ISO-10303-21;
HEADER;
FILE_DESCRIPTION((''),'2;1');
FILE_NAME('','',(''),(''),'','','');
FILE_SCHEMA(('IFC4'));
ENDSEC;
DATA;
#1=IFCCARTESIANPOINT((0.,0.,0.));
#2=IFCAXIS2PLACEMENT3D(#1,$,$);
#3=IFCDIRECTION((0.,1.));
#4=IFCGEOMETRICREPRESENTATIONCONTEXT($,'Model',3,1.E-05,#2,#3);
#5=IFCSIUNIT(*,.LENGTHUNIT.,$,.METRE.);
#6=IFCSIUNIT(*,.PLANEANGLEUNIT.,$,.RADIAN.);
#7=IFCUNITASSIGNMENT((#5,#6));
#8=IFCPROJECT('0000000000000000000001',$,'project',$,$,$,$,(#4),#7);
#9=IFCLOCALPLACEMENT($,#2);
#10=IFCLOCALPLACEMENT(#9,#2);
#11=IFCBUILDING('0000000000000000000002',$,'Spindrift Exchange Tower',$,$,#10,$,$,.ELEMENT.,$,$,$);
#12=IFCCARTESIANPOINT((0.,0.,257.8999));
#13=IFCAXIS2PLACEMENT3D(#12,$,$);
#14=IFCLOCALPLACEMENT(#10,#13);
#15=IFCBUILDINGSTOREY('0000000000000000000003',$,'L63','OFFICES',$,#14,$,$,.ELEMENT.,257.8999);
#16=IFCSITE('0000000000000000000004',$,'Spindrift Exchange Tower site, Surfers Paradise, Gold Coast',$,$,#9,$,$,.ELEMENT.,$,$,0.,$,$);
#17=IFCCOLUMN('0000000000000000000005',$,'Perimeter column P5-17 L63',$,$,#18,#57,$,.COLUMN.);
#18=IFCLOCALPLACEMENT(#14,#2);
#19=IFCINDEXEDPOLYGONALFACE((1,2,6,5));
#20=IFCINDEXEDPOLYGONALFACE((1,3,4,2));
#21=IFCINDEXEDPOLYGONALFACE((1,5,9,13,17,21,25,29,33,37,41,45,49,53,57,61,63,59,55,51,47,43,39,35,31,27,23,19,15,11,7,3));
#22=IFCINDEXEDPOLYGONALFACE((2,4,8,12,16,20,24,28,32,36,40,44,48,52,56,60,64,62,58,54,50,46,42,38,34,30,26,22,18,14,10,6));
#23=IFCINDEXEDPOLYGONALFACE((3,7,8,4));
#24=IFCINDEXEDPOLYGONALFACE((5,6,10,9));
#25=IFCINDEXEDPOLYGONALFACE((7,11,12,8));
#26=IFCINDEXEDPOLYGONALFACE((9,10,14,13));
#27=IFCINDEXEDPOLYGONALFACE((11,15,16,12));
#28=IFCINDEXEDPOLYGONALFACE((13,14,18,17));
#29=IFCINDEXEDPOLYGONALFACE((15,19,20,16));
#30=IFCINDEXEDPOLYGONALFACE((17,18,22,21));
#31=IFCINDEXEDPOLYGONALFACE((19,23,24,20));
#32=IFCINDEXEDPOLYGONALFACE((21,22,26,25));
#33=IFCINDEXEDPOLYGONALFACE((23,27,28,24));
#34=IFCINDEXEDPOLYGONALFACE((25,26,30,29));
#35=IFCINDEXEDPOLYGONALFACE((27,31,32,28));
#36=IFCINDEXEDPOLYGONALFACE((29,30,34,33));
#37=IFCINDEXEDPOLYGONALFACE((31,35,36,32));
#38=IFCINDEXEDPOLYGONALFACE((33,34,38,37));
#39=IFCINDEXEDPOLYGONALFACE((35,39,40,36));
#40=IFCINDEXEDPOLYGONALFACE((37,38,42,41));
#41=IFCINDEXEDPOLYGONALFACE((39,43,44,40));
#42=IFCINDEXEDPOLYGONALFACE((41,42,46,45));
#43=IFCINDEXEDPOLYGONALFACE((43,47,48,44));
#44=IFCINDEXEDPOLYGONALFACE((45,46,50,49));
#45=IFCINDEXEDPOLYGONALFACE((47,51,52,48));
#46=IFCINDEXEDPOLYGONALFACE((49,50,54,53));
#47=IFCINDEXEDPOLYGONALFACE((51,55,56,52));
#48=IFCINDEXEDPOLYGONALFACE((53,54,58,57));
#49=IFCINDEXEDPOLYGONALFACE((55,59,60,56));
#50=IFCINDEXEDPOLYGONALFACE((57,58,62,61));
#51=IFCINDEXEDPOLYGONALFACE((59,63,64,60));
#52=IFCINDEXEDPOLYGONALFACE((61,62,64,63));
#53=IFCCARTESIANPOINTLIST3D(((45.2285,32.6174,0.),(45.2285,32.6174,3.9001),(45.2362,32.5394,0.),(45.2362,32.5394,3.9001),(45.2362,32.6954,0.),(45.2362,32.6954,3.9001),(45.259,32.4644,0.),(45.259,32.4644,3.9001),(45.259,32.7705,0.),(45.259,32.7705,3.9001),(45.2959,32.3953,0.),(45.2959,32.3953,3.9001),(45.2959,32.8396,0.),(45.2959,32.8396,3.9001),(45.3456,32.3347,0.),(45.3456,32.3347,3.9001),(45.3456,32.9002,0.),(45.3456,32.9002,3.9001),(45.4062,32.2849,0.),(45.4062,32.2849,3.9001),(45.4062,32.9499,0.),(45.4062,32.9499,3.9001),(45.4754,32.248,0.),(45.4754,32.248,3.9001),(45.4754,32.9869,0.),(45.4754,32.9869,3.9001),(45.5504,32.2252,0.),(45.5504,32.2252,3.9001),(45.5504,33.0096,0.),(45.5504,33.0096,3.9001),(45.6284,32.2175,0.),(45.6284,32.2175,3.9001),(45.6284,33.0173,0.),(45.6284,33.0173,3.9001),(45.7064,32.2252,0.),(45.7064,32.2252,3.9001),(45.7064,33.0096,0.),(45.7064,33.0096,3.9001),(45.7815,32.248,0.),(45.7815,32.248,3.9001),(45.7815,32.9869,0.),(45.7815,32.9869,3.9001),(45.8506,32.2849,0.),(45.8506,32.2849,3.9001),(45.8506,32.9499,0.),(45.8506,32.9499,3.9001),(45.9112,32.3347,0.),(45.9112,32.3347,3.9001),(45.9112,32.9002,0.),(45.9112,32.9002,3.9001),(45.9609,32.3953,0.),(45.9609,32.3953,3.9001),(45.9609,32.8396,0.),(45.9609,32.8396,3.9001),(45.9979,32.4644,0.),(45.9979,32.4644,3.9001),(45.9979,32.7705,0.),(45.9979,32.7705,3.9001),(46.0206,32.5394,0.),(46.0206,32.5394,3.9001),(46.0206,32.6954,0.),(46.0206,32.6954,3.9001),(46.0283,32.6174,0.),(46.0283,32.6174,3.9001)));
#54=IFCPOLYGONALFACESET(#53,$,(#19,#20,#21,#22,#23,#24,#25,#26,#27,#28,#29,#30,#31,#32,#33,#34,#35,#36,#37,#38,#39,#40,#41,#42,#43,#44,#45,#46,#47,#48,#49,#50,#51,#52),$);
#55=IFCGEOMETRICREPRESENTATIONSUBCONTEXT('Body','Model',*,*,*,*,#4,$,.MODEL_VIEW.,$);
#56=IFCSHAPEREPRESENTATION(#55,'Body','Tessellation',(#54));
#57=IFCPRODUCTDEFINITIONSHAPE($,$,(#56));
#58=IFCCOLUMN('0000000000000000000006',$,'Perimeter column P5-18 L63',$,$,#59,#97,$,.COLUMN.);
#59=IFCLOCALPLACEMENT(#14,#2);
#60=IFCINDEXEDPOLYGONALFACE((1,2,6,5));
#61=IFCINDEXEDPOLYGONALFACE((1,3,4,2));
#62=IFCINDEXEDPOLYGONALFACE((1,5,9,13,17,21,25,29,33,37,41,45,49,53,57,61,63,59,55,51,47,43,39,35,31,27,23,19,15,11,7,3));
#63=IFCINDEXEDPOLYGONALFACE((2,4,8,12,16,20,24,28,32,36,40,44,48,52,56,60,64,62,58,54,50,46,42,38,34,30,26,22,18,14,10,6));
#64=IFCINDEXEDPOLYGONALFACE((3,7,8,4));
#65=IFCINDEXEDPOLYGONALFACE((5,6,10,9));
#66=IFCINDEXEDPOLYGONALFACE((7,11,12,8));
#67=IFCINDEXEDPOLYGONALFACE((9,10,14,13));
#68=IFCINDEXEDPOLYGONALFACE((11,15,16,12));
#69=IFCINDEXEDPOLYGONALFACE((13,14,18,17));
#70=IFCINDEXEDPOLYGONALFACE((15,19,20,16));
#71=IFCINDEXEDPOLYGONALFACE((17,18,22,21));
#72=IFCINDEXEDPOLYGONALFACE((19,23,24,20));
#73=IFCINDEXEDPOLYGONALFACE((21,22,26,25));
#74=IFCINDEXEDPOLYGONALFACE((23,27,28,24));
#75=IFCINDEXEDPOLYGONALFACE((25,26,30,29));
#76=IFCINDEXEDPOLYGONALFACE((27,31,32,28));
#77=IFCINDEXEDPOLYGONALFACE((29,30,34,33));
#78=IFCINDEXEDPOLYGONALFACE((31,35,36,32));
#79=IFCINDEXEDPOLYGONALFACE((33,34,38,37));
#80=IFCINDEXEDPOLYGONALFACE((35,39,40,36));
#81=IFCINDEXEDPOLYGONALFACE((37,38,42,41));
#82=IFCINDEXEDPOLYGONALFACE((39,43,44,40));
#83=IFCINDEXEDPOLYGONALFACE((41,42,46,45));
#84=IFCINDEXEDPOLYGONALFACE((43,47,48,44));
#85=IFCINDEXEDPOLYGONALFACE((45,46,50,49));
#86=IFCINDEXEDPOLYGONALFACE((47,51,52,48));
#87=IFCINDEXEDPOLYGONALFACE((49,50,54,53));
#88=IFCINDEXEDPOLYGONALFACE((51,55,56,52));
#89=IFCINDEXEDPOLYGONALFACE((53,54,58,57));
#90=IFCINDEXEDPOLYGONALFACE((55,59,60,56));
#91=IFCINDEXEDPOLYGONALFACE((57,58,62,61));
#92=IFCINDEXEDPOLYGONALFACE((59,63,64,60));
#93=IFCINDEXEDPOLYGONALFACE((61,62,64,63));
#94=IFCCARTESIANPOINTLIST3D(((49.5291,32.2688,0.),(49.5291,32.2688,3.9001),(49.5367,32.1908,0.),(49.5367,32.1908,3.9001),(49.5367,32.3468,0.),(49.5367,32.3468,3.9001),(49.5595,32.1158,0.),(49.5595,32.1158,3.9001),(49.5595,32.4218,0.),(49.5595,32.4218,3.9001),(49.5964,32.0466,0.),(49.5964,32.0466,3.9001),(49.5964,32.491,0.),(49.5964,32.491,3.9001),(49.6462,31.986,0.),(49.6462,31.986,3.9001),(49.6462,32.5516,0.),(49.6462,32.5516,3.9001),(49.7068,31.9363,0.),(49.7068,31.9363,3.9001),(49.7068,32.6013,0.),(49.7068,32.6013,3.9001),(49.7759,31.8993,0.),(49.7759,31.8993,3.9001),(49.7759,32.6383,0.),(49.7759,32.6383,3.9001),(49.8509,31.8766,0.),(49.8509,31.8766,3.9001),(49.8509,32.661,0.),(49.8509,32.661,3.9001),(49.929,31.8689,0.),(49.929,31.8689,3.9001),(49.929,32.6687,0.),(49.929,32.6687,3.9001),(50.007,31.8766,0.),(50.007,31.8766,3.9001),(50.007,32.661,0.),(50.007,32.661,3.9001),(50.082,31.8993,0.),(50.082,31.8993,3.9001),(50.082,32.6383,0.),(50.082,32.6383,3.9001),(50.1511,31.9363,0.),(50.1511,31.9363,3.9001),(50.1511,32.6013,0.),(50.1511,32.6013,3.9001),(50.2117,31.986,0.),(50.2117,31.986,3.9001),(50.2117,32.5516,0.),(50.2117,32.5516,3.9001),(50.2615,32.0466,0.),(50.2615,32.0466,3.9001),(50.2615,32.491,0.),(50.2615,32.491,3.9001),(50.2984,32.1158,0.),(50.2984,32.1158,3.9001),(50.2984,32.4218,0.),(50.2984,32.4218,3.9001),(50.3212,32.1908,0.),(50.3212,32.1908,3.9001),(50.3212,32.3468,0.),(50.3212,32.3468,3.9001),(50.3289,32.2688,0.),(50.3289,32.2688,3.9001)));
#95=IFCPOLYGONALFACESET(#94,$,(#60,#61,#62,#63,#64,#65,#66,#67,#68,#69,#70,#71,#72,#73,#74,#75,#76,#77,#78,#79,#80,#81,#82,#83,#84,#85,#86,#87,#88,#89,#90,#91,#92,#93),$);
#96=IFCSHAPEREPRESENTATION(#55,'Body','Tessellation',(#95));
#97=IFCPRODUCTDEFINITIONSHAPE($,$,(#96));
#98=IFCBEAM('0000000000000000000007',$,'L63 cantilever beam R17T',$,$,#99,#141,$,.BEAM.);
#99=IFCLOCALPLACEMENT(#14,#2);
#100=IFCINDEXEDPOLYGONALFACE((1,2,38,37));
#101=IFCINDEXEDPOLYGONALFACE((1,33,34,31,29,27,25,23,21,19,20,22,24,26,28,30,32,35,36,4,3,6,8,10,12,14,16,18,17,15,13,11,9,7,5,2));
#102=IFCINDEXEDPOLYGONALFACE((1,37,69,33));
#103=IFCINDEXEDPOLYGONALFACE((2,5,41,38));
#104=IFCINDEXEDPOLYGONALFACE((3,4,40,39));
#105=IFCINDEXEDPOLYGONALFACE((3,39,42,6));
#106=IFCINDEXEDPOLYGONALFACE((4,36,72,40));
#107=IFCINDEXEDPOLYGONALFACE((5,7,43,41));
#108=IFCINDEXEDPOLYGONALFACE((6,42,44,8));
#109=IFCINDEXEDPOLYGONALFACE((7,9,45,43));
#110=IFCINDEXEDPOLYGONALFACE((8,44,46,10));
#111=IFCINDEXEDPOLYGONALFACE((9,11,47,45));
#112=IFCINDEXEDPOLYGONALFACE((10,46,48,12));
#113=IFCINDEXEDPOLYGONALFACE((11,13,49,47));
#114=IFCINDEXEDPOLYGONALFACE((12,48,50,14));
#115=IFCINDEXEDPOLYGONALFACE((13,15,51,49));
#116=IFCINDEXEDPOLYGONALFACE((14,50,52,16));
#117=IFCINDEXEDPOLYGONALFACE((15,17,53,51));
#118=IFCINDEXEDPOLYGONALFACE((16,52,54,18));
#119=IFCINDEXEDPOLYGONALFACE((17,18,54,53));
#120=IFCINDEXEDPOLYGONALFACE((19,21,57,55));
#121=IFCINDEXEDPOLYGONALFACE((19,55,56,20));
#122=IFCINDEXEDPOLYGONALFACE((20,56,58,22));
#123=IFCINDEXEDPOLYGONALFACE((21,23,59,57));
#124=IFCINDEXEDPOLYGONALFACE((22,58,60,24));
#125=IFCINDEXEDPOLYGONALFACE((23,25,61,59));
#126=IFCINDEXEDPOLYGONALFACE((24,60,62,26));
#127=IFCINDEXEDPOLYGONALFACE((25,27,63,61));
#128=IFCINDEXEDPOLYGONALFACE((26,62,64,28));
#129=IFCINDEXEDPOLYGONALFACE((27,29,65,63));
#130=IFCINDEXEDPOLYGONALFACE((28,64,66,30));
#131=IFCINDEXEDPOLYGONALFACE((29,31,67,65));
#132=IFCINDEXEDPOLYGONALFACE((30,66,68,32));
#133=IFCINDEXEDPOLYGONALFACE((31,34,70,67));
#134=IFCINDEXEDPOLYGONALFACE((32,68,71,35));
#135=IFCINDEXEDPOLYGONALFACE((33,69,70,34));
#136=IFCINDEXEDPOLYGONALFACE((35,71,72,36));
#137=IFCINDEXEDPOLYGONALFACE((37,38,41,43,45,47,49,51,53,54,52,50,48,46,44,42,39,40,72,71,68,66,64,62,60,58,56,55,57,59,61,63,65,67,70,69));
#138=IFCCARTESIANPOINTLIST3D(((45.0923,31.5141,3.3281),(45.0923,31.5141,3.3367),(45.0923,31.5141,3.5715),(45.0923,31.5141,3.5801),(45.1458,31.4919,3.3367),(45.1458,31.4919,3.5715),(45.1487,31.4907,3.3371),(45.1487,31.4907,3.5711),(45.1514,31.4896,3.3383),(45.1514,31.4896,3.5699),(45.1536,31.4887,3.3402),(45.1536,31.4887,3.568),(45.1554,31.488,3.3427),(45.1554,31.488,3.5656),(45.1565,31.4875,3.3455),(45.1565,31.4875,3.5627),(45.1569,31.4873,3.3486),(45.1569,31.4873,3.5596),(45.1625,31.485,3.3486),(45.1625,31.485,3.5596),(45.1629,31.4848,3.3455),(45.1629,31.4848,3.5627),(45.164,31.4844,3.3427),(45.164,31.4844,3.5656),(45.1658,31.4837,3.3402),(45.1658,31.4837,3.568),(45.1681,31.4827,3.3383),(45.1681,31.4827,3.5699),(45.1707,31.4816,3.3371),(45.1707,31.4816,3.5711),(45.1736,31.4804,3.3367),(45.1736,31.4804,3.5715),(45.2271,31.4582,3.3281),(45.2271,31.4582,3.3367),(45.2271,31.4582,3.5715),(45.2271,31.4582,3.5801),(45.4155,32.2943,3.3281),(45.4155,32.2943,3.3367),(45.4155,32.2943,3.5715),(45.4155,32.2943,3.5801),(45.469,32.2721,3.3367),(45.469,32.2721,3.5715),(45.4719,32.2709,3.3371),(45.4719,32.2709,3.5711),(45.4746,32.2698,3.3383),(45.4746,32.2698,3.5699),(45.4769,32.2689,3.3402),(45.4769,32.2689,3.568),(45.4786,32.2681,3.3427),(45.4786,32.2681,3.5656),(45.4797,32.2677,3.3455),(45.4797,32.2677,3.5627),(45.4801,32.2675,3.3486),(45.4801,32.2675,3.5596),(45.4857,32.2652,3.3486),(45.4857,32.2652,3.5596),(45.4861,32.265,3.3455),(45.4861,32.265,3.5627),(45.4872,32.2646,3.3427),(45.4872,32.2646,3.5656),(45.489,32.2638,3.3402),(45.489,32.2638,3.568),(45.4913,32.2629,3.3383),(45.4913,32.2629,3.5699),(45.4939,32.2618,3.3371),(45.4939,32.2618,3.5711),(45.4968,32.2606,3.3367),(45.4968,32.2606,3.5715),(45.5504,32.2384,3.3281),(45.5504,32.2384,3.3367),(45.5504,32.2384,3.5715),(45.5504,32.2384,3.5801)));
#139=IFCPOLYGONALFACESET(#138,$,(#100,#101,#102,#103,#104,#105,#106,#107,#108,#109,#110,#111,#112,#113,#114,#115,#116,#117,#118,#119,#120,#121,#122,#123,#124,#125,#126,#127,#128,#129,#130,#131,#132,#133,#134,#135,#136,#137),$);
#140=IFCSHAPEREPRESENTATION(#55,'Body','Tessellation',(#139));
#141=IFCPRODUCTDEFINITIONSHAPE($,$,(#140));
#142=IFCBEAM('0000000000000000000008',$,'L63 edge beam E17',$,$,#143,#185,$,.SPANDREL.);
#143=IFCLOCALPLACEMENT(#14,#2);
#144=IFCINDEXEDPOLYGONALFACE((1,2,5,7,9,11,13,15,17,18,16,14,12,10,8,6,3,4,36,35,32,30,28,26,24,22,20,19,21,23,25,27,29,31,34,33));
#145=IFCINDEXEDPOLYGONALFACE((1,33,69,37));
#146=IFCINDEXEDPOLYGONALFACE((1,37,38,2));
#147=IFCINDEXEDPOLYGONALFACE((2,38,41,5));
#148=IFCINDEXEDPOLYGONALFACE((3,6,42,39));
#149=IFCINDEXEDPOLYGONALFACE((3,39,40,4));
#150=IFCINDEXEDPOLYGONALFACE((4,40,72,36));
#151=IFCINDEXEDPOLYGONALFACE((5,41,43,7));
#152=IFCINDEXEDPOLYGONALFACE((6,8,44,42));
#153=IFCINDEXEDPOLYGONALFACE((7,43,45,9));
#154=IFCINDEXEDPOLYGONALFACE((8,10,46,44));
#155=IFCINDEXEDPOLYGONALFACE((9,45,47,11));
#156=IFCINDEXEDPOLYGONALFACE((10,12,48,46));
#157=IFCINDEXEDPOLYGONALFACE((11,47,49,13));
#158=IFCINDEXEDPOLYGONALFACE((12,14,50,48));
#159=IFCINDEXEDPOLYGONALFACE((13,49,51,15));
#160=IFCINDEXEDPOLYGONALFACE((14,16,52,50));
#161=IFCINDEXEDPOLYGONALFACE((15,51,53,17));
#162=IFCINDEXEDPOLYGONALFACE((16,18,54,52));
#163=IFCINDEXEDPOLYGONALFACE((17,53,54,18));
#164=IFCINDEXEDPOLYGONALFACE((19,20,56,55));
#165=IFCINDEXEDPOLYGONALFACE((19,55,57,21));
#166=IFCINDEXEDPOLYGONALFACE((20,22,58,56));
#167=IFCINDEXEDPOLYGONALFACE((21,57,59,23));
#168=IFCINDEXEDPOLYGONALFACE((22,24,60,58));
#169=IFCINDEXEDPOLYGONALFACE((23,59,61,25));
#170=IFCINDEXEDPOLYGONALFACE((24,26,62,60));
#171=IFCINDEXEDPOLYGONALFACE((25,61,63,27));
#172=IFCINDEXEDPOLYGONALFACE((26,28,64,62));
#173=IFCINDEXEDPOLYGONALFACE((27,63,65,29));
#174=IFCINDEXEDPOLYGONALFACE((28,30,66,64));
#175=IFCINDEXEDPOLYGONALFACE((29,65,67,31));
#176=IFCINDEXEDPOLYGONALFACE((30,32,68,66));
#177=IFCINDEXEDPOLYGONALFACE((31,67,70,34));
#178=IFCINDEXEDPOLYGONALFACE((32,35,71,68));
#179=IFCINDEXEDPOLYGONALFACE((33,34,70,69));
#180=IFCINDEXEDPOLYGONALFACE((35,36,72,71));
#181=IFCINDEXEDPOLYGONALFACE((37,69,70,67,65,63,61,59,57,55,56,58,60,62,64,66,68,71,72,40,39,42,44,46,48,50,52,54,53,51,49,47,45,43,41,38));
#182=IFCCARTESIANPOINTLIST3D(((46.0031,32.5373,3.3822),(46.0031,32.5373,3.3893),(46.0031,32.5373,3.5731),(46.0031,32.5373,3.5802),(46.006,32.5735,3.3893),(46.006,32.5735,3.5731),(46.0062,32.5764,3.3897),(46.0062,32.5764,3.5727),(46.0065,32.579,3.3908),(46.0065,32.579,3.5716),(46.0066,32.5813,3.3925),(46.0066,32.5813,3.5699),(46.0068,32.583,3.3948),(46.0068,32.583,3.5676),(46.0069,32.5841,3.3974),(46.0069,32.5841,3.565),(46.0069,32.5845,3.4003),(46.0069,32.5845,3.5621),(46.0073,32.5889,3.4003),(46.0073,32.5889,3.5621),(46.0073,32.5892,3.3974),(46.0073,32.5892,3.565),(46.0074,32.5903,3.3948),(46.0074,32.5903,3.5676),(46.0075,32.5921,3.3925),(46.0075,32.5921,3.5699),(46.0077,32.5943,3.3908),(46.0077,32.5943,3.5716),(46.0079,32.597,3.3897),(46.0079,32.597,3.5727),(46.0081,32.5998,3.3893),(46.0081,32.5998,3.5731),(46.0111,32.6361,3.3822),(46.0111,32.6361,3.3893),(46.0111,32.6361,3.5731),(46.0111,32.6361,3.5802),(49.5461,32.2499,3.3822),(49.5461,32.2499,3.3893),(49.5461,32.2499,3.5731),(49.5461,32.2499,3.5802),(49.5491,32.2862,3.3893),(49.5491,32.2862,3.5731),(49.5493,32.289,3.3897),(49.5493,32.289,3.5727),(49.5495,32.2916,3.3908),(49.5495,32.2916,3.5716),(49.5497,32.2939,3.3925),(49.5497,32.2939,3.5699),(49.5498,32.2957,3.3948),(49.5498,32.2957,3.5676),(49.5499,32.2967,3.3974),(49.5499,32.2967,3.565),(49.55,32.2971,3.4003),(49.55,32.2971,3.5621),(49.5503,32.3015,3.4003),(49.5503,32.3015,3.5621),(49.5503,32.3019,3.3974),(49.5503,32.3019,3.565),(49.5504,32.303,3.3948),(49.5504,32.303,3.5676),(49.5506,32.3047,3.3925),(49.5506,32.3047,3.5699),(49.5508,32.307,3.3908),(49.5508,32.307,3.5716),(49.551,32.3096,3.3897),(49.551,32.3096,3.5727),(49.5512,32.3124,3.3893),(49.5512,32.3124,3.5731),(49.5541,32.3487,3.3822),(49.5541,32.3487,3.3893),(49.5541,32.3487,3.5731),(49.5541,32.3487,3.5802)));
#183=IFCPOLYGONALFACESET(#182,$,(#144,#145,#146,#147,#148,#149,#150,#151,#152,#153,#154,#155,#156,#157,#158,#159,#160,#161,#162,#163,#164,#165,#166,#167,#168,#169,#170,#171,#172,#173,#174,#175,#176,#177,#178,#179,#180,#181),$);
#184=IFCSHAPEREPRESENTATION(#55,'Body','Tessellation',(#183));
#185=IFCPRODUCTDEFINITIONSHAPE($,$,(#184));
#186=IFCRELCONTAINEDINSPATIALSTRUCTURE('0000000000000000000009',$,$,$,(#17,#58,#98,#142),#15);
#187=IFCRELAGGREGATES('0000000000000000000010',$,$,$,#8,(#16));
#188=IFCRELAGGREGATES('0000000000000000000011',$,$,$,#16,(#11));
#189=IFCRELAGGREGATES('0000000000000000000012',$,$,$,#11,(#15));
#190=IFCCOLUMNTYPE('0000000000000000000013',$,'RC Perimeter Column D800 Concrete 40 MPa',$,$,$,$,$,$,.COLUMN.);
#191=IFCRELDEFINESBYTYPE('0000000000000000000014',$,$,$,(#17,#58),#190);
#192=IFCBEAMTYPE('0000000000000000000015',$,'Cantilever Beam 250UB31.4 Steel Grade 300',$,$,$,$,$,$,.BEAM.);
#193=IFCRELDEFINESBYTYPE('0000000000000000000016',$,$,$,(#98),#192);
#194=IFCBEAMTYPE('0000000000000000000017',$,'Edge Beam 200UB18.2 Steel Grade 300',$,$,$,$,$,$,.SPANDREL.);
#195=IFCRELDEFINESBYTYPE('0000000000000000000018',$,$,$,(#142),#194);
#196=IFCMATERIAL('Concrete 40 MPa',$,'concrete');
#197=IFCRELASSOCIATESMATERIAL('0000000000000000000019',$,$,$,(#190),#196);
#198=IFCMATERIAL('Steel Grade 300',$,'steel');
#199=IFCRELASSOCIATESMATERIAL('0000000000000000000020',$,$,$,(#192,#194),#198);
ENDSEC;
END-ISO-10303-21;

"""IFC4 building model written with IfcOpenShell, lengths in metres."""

from ifc_helpers import new_model, si_unit, direction, frame, origin, origin_2d, place, context, subcontext, project, spatial, circle, i_section, extrude, source, transform, mapped, material, material_profile, profile_set, type_object, element, save


model = new_model("IFC4")

# Units and contexts
model_context = context("Model", 3, precision=1e-05, world=origin(), true_north=direction((0.0, 1.0)))
body_context = subcontext(model_context, "Body", "Model", "MODEL_VIEW")
ifc_project = project(units=[si_unit("LENGTHUNIT", "METRE"), si_unit("PLANEANGLEUNIT", "RADIAN")], contexts=[model_context])

# Site, building, storey
site_placement = place(None, origin())
site = spatial("IfcSite", under=ifc_project, at=site_placement, Name="Spindrift Exchange Tower site, Surfers Paradise, Gold Coast", CompositionType="ELEMENT", RefElevation=0.0)
building_placement = place(site_placement, origin())
building = spatial("IfcBuilding", under=site, at=building_placement, Name="Spindrift Exchange Tower", CompositionType="ELEMENT")
storey_placement = place(building_placement, frame((0.0, 0.0, 257.8999)))
storey = spatial("IfcBuildingStorey", under=building, at=storey_placement, Name="L63", Description="OFFICES", CompositionType="ELEMENT", Elevation=257.8999)

# Columns
ifc_material_1 = material(Name="Concrete 40 MPa", Category="concrete")
ifc_material_profile_1 = material_profile(ifc_material_1, circle(Radius=0.3999, at=origin_2d()), Name="RC D800")
ifc_profile_set_1 = profile_set([ifc_material_profile_1], Name="Concrete 40 MPa")
column_type = type_object("IfcColumnType", Name="RC Perimeter Column D800 Concrete 40 MPa", PredefinedType="COLUMN", material=ifc_profile_set_1)
shared_shape_1 = source(origin(), body_context, "Body", "SweptSolid", [
    extrude(circle(Radius=0.3999, at=origin_2d()), origin(), (0.0, 0.0, 1.0), 3.9001),
])
for number, where, z_axis, x_axis, name in (
    (1, (45.6284, 32.6174, 0.0), (0.0, 0.0, 1.0), (1.0, 0.0, 0.0), "Perimeter column P5-17 L63"),
    (2, (49.929, 32.2688, 0.0), (0.0, 0.0, 1.0), (1.0, 0.0, 0.0), "Perimeter column P5-18 L63"),
):
    element("IfcColumn", number, at=place(storey_placement, frame(where, z_axis=z_axis, x_axis=x_axis)), inside=storey, type_object=column_type, Name=name, PredefinedType="COLUMN", context=body_context, shape_type="MappedRepresentation", body=[
        mapped(shared_shape_1, transform((0.0, 0.0, 0.0), scale=1.0)),
    ])

# Beams
ifc_material_2 = material(Name="Steel Grade 300", Category="steel")
ifc_material_profile_2 = material_profile(ifc_material_2, i_section(OverallWidth=0.146, OverallDepth=0.252, WebThickness=0.0061, FlangeThickness=0.0085, FilletRadius=0.012, at=origin_2d()), Name="250UB31.4")
ifc_profile_set_2 = profile_set([ifc_material_profile_2], Name="Steel Grade 300")
beam_type_1 = type_object("IfcBeamType", Name="Cantilever Beam 250UB31.4 Steel Grade 300", PredefinedType="BEAM", material=ifc_profile_set_2)
shared_shape_2 = source(origin(), body_context, "Body", "SweptSolid", [
    extrude(i_section(OverallWidth=0.146, OverallDepth=0.252, WebThickness=0.0061, FlangeThickness=0.0085, FilletRadius=0.012, at=origin_2d()), origin(), (0.0, 0.0, 1.0), 0.8445),
])
beam_1_placement = place(storey_placement, frame((45.4829, 32.2664, 3.4541), z_axis=(-0.382726, -0.923862, 0.0), x_axis=(0.923862, -0.382726, 0.0)))
element("IfcBeam", 3, at=beam_1_placement, inside=storey, type_object=beam_type_1, Name="L63 cantilever beam R17T", PredefinedType="BEAM", context=body_context, shape_type="MappedRepresentation", body=[
    mapped(shared_shape_2, transform((0.0, 0.0, 0.0), scale=1.0)),
])
ifc_material_profile_3 = material_profile(ifc_material_2, i_section(OverallWidth=0.0991, OverallDepth=0.198, WebThickness=0.0044, FlangeThickness=0.0071, FilletRadius=0.011, at=origin_2d()), Name="200UB18.2")
ifc_profile_set_3 = profile_set([ifc_material_profile_3], Name="Steel Grade 300")
beam_type_2 = type_object("IfcBeamType", Name="Edge Beam 200UB18.2 Steel Grade 300", PredefinedType="SPANDREL", material=ifc_profile_set_3)
shared_shape_3 = source(origin(), body_context, "Body", "SweptSolid", [
    extrude(i_section(OverallWidth=0.0991, OverallDepth=0.198, WebThickness=0.0044, FlangeThickness=0.0071, FilletRadius=0.011, at=origin_2d()), origin(), (0.0, 0.0, 1.0), 3.5547),
])
beam_2_placement = place(storey_placement, frame((46.0071, 32.5867, 3.4812), z_axis=(0.996727, -0.08084, 0.0), x_axis=(0.08084, 0.996727, 0.0)))
element("IfcBeam", 4, at=beam_2_placement, inside=storey, type_object=beam_type_2, Name="L63 edge beam E17", PredefinedType="SPANDREL", context=body_context, shape_type="MappedRepresentation", body=[
    mapped(shared_shape_3, transform((0.0, 0.0, 0.0), scale=1.0)),
])

save(model, "model.ifc")
